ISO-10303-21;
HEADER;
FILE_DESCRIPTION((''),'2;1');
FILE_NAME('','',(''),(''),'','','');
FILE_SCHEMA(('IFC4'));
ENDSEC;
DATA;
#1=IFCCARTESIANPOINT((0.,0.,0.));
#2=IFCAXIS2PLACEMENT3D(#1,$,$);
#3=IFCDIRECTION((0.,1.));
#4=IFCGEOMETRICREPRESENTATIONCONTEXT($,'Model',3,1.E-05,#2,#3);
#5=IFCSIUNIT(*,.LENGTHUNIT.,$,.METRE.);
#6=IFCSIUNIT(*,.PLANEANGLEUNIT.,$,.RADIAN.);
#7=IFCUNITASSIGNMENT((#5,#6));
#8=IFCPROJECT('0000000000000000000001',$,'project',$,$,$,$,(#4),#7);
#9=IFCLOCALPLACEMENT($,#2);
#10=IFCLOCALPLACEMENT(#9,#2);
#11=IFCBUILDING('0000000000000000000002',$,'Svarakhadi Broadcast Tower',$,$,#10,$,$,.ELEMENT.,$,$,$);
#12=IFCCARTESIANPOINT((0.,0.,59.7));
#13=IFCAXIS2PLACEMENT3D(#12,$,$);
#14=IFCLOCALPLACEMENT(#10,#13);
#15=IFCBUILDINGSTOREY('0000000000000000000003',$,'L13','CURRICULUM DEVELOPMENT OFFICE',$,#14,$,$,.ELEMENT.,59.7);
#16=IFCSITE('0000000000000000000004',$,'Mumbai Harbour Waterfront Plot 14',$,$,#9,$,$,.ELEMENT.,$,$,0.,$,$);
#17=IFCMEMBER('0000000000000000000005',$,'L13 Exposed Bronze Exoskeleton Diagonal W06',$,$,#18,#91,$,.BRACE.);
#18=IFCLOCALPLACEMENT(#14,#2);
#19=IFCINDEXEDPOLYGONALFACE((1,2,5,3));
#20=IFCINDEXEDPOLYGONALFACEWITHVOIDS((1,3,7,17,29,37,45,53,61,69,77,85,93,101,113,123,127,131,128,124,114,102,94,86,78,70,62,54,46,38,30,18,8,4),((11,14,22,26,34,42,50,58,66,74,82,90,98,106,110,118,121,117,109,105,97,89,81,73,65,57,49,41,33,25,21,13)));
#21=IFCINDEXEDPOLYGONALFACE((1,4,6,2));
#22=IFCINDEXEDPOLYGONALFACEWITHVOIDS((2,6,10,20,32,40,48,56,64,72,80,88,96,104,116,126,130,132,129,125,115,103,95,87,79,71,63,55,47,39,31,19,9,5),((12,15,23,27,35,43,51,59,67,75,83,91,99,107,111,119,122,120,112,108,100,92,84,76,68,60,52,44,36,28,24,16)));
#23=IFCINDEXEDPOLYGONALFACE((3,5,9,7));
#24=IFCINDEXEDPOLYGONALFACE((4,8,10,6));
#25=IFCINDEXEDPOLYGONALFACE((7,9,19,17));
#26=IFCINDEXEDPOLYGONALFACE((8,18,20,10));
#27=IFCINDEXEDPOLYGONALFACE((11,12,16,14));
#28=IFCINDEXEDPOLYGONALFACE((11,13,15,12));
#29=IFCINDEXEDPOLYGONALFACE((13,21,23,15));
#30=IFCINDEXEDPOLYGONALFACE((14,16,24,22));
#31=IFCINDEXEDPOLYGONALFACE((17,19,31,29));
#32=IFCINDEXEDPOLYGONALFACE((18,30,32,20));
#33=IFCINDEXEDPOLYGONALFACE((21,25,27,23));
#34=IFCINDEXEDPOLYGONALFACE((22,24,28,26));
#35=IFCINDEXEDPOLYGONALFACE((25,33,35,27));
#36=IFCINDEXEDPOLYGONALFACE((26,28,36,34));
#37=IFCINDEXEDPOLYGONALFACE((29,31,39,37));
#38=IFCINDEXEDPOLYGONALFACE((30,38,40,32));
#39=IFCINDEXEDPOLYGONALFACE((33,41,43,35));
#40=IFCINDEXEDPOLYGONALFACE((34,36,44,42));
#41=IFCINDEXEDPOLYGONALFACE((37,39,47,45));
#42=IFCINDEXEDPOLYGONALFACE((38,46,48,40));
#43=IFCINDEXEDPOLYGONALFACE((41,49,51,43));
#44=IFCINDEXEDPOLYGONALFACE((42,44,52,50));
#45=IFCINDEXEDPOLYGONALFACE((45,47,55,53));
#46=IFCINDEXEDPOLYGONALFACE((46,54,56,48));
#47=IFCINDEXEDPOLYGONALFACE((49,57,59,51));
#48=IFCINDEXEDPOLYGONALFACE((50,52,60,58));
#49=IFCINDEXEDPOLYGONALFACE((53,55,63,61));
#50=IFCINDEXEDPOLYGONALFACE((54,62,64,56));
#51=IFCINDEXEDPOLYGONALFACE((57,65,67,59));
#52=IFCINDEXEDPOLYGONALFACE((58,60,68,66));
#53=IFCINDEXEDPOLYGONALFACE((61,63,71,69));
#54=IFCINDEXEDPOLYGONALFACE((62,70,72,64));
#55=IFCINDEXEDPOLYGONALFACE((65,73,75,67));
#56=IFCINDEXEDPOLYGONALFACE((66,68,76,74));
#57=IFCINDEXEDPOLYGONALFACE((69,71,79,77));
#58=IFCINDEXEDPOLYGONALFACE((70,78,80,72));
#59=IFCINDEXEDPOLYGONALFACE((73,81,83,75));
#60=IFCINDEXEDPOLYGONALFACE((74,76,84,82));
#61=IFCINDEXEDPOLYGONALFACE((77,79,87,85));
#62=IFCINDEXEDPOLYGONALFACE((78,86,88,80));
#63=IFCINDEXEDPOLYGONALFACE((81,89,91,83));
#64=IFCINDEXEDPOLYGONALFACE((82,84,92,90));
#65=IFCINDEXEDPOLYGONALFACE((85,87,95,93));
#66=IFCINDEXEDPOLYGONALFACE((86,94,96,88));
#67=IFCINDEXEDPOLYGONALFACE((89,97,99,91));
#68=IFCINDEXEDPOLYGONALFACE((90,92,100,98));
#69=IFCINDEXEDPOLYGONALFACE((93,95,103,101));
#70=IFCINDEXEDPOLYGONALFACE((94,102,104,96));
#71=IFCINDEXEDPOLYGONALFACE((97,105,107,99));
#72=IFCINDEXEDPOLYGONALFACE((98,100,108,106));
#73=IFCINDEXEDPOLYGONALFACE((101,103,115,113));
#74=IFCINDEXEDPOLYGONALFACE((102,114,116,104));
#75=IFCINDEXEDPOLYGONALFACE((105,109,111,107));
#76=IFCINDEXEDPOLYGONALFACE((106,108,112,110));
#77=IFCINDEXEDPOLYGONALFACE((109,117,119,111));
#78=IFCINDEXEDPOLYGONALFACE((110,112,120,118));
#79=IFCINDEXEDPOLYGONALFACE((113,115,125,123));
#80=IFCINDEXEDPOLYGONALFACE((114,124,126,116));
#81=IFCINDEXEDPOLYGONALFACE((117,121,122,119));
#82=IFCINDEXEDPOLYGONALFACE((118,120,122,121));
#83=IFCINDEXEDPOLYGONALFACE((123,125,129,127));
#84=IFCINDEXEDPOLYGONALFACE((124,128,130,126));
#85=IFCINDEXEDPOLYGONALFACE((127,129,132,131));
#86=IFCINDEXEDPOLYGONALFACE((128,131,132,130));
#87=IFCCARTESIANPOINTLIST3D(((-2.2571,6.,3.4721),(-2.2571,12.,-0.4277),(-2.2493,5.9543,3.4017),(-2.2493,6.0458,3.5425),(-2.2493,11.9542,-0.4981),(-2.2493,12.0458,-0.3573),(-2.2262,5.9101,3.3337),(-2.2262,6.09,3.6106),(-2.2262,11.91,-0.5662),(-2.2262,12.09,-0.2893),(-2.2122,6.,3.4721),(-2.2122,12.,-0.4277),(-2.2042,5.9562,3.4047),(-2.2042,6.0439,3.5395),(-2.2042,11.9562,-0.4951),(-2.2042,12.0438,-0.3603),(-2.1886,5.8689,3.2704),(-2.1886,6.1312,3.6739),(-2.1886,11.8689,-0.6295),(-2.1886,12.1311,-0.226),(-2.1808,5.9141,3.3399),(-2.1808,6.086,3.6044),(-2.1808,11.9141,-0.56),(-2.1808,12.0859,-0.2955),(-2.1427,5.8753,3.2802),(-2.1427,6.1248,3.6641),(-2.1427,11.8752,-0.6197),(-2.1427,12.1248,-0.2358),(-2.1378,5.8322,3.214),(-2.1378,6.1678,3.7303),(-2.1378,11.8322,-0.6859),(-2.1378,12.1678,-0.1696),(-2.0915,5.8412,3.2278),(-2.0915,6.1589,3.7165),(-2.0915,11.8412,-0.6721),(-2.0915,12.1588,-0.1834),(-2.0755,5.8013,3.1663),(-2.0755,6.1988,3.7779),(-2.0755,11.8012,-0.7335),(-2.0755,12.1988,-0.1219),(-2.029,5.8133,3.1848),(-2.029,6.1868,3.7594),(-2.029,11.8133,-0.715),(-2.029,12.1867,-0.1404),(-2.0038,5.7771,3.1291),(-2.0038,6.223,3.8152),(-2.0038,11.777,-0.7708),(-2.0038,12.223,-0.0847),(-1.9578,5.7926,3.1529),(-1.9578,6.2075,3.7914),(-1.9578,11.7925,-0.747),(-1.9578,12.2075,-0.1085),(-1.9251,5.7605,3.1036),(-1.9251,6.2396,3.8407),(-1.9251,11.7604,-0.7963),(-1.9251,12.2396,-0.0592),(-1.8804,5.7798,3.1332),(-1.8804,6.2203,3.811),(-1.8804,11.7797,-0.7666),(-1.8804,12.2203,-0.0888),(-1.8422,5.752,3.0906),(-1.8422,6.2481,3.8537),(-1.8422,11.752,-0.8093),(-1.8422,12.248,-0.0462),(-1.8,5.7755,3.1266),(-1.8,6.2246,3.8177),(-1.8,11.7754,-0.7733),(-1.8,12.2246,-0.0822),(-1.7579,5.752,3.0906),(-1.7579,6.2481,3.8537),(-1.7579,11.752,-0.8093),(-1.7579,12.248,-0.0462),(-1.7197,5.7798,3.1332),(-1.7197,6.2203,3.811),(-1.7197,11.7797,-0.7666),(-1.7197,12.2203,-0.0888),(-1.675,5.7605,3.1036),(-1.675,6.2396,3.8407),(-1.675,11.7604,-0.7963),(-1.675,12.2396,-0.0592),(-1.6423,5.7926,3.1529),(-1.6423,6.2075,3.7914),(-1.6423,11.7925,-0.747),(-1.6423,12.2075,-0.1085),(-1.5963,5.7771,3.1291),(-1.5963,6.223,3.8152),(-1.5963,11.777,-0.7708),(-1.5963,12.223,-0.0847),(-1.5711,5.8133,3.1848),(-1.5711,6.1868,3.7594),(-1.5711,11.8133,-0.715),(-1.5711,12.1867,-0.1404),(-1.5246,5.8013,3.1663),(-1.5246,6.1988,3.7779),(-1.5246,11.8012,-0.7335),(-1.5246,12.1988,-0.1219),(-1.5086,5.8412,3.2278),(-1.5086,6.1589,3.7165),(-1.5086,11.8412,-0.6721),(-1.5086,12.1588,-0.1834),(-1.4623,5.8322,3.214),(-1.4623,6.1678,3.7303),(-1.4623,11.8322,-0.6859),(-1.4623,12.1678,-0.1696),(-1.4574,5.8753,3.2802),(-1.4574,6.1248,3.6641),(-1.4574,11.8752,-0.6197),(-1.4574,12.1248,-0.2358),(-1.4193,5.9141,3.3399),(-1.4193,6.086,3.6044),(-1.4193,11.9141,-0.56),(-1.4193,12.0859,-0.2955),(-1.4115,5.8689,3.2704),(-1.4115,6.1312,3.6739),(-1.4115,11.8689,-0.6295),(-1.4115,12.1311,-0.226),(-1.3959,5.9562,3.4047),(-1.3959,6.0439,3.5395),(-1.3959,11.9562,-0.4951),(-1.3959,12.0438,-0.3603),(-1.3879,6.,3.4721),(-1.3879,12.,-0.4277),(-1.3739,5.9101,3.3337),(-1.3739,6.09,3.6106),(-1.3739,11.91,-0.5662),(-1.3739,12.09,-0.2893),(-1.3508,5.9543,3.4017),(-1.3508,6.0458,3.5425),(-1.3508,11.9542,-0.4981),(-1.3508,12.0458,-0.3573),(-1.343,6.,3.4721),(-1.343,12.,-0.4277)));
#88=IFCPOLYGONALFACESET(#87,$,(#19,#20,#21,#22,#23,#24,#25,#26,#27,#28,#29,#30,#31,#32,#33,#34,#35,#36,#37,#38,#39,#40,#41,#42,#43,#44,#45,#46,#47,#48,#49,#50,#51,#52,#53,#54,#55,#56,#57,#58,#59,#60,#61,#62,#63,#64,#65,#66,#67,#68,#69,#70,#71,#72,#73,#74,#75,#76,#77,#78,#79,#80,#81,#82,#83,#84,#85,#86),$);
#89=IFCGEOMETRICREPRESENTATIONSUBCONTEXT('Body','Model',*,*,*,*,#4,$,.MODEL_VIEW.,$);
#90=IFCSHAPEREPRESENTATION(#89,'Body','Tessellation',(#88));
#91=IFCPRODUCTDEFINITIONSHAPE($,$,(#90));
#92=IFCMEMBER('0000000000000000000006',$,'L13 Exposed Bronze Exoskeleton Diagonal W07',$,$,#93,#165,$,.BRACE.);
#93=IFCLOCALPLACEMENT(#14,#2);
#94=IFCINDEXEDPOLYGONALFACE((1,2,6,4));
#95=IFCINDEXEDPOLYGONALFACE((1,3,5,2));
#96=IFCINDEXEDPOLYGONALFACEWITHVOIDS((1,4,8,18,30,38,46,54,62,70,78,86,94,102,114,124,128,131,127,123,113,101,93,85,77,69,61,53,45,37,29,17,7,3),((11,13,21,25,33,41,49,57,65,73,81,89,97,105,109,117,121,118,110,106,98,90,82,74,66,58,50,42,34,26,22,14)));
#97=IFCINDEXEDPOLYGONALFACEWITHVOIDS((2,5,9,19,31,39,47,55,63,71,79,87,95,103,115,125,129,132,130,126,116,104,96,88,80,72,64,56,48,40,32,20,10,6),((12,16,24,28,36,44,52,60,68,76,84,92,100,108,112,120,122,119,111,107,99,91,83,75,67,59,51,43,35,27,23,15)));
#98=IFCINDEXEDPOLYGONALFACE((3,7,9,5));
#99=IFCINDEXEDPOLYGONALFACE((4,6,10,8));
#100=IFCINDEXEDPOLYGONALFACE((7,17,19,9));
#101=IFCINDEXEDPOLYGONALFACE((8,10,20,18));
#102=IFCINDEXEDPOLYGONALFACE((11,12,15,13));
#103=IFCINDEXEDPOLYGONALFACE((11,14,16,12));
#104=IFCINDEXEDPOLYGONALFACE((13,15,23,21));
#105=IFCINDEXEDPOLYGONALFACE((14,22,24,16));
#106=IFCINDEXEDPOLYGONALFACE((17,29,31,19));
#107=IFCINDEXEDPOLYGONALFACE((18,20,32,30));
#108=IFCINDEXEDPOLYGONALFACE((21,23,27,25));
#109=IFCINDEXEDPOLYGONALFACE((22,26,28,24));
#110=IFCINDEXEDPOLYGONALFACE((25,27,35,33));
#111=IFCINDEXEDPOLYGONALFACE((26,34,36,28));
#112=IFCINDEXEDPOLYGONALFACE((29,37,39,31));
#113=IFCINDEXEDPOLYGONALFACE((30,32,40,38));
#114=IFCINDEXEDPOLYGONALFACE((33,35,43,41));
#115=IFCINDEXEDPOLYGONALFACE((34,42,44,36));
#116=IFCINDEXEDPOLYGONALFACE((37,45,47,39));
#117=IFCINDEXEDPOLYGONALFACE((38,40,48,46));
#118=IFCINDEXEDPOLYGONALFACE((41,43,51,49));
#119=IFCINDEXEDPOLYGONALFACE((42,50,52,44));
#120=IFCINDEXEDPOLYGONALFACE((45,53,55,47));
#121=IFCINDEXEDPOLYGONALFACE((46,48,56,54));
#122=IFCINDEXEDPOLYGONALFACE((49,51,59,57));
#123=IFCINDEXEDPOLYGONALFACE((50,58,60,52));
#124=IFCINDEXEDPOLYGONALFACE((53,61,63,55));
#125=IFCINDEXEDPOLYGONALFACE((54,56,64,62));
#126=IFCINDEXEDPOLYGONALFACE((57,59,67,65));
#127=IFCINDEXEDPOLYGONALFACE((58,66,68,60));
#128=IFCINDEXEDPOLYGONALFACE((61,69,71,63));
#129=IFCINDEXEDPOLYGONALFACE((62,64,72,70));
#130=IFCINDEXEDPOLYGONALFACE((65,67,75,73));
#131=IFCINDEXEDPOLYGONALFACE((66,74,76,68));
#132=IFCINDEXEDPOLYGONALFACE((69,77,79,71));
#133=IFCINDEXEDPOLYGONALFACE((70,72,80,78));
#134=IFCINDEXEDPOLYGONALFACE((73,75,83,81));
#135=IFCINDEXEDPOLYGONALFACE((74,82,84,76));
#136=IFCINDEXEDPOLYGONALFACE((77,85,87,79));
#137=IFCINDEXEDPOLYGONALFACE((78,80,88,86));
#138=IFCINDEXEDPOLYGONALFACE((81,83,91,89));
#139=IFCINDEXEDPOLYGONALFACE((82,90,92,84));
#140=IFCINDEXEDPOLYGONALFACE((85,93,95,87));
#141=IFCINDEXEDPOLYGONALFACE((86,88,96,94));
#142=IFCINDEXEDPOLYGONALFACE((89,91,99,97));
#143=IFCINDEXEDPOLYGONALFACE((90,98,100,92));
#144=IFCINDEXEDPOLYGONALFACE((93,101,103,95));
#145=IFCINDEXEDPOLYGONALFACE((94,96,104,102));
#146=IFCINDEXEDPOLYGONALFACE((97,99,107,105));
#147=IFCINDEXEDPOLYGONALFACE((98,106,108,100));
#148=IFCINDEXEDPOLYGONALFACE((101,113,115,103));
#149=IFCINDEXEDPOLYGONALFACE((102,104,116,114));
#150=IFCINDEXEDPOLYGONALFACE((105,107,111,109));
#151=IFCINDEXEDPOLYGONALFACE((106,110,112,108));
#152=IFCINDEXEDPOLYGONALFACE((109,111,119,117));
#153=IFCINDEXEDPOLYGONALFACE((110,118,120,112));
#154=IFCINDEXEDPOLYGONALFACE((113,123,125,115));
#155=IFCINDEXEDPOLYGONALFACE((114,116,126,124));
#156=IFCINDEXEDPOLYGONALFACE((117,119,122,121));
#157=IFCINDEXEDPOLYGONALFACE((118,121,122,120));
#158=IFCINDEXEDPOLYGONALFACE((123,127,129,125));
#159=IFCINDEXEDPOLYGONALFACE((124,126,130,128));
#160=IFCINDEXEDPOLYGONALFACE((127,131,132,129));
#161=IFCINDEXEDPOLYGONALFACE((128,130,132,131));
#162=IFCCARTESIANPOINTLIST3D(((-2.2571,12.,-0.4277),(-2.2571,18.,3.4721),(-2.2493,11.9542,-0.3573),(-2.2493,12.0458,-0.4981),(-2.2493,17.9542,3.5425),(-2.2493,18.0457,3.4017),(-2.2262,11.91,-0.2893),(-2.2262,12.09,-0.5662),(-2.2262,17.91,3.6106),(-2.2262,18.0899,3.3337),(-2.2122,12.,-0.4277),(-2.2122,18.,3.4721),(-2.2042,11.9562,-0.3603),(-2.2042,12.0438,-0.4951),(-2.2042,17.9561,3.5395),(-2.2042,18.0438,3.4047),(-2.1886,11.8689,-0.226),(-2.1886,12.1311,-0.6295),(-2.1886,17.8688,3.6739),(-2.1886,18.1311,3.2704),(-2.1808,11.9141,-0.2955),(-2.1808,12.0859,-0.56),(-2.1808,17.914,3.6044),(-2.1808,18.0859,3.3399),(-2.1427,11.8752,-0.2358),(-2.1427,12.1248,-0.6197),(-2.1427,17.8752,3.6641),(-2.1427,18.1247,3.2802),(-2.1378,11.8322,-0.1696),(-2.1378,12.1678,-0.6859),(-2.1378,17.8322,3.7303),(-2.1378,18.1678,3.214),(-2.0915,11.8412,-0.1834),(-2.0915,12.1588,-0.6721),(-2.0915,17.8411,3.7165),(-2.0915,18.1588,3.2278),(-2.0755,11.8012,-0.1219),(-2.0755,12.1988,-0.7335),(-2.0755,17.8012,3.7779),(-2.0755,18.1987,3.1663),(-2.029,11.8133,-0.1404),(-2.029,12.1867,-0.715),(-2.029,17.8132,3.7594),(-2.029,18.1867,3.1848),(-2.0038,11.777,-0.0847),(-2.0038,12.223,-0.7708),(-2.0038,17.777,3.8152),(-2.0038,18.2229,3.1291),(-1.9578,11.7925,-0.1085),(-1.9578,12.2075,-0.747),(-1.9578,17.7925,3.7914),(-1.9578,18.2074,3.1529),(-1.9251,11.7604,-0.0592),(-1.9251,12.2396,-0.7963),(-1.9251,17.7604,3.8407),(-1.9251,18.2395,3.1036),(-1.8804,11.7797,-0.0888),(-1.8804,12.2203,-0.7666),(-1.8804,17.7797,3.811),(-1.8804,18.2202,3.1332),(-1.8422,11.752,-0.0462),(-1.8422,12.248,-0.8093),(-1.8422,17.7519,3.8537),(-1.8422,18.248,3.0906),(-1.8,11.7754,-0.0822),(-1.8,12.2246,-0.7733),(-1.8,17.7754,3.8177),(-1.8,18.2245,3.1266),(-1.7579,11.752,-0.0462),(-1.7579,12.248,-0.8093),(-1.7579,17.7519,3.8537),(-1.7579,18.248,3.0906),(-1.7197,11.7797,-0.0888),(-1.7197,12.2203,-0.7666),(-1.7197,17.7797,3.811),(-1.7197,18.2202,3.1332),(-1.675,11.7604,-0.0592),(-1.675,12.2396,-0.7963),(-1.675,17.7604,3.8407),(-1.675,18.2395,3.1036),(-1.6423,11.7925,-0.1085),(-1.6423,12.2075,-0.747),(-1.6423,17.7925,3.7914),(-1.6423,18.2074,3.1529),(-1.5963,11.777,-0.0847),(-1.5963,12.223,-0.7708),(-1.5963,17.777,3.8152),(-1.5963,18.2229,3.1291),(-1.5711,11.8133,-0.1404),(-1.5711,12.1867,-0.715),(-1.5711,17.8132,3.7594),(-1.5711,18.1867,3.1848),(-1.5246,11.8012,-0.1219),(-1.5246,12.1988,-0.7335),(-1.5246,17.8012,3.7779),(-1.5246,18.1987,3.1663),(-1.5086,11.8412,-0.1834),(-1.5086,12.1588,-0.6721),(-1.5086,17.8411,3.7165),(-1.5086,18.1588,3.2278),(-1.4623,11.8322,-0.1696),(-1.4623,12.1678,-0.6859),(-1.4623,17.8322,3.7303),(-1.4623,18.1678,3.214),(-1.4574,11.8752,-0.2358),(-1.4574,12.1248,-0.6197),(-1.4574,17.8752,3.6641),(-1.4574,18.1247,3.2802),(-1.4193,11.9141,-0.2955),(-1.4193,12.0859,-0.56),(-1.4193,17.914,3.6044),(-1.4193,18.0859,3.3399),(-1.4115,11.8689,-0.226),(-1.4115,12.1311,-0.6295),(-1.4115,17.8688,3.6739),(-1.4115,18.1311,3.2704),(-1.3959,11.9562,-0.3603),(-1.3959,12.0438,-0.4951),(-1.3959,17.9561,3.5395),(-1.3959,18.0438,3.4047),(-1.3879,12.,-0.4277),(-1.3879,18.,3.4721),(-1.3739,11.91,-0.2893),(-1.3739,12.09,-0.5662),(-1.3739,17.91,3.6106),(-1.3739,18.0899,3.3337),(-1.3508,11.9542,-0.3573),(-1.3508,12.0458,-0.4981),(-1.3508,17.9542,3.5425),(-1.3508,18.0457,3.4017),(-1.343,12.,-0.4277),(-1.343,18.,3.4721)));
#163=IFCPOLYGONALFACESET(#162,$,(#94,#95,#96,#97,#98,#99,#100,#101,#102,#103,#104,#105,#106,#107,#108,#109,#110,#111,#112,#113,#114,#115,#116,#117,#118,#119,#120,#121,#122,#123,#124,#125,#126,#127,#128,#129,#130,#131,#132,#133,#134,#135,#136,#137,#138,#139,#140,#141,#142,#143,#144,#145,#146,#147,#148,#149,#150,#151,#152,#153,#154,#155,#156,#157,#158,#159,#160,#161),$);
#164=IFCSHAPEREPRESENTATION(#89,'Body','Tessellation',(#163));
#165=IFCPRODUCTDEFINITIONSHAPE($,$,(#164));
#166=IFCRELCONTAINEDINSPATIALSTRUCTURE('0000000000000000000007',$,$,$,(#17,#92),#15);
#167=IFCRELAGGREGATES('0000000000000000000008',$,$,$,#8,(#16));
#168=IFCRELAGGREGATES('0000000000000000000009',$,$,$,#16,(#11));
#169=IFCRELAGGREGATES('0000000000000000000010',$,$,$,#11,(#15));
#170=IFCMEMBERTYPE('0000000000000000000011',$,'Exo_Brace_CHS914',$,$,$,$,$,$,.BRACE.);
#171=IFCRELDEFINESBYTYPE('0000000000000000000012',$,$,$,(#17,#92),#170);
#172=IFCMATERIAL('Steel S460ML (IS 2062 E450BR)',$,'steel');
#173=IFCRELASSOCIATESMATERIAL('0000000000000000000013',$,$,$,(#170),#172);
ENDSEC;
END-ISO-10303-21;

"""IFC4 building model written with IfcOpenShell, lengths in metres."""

from ifc_helpers import new_model, si_unit, direction, frame, origin, origin_2d, place, context, subcontext, project, spatial, hollow_circle, extrude, material, material_profile, profile_set, type_object, element, save


model = new_model("IFC4")

# Units and contexts
model_context = context("Model", 3, precision=1e-05, world=origin(), true_north=direction((0.0, 1.0)))
body_context = subcontext(model_context, "Body", "Model", "MODEL_VIEW")
ifc_project = project(units=[si_unit("LENGTHUNIT", "METRE"), si_unit("PLANEANGLEUNIT", "RADIAN")], contexts=[model_context])

# Site, building, storey
site_placement = place(None, origin())
site = spatial("IfcSite", under=ifc_project, at=site_placement, Name="Mumbai Harbour Waterfront Plot 14", CompositionType="ELEMENT", RefElevation=0.0)
building_placement = place(site_placement, origin())
building = spatial("IfcBuilding", under=site, at=building_placement, Name="Svarakhadi Broadcast Tower", CompositionType="ELEMENT")
storey_placement = place(building_placement, frame((0.0, 0.0, 59.7)))
storey = spatial("IfcBuildingStorey", under=building, at=storey_placement, Name="L13", Description="CURRICULUM DEVELOPMENT OFFICE", CompositionType="ELEMENT", Elevation=59.7)

# Shared definitions
ifc_material_1 = material(Name="Steel S460ML (IS 2062 E450BR)", Category="steel")

# Members
ifc_material_profile_1 = material_profile(ifc_material_1, hollow_circle(Radius=0.457, WallThickness=0.0449, at=origin_2d()), Name="CHS 914x45")
ifc_profile_set_1 = profile_set([ifc_material_profile_1], Name="Steel S460ML (IS 2062 E450BR)")
member_type_1 = type_object("IfcMemberType", Name="Exo_Brace_CHS914", PredefinedType="BRACE", material=ifc_profile_set_1)
for number, where, z_axis, x_axis, name in (
    (1, (-1.8, 12.0, -0.4277), (0.0, -0.83845, 0.544979), (1.0, 0.0, 0.0), "L13 Exposed Bronze Exoskeleton Diagonal W06"),
    (2, (-1.8, 12.0, -0.4277), (0.0, 0.83845, 0.544979), (-1.0, 0.0, 0.0), "L13 Exposed Bronze Exoskeleton Diagonal W07"),
):
    element("IfcMember", number, at=place(storey_placement, frame(where, z_axis=z_axis, x_axis=x_axis)), inside=storey, type_object=member_type_1, Name=name, PredefinedType="BRACE", context=body_context, shape_type="SweptSolid", body=[
        extrude(hollow_circle(Radius=0.457, WallThickness=0.0449, at=origin_2d()), origin(), (0.0, 0.0, 1.0), 7.156),
    ])

save(model, "model.ifc")
